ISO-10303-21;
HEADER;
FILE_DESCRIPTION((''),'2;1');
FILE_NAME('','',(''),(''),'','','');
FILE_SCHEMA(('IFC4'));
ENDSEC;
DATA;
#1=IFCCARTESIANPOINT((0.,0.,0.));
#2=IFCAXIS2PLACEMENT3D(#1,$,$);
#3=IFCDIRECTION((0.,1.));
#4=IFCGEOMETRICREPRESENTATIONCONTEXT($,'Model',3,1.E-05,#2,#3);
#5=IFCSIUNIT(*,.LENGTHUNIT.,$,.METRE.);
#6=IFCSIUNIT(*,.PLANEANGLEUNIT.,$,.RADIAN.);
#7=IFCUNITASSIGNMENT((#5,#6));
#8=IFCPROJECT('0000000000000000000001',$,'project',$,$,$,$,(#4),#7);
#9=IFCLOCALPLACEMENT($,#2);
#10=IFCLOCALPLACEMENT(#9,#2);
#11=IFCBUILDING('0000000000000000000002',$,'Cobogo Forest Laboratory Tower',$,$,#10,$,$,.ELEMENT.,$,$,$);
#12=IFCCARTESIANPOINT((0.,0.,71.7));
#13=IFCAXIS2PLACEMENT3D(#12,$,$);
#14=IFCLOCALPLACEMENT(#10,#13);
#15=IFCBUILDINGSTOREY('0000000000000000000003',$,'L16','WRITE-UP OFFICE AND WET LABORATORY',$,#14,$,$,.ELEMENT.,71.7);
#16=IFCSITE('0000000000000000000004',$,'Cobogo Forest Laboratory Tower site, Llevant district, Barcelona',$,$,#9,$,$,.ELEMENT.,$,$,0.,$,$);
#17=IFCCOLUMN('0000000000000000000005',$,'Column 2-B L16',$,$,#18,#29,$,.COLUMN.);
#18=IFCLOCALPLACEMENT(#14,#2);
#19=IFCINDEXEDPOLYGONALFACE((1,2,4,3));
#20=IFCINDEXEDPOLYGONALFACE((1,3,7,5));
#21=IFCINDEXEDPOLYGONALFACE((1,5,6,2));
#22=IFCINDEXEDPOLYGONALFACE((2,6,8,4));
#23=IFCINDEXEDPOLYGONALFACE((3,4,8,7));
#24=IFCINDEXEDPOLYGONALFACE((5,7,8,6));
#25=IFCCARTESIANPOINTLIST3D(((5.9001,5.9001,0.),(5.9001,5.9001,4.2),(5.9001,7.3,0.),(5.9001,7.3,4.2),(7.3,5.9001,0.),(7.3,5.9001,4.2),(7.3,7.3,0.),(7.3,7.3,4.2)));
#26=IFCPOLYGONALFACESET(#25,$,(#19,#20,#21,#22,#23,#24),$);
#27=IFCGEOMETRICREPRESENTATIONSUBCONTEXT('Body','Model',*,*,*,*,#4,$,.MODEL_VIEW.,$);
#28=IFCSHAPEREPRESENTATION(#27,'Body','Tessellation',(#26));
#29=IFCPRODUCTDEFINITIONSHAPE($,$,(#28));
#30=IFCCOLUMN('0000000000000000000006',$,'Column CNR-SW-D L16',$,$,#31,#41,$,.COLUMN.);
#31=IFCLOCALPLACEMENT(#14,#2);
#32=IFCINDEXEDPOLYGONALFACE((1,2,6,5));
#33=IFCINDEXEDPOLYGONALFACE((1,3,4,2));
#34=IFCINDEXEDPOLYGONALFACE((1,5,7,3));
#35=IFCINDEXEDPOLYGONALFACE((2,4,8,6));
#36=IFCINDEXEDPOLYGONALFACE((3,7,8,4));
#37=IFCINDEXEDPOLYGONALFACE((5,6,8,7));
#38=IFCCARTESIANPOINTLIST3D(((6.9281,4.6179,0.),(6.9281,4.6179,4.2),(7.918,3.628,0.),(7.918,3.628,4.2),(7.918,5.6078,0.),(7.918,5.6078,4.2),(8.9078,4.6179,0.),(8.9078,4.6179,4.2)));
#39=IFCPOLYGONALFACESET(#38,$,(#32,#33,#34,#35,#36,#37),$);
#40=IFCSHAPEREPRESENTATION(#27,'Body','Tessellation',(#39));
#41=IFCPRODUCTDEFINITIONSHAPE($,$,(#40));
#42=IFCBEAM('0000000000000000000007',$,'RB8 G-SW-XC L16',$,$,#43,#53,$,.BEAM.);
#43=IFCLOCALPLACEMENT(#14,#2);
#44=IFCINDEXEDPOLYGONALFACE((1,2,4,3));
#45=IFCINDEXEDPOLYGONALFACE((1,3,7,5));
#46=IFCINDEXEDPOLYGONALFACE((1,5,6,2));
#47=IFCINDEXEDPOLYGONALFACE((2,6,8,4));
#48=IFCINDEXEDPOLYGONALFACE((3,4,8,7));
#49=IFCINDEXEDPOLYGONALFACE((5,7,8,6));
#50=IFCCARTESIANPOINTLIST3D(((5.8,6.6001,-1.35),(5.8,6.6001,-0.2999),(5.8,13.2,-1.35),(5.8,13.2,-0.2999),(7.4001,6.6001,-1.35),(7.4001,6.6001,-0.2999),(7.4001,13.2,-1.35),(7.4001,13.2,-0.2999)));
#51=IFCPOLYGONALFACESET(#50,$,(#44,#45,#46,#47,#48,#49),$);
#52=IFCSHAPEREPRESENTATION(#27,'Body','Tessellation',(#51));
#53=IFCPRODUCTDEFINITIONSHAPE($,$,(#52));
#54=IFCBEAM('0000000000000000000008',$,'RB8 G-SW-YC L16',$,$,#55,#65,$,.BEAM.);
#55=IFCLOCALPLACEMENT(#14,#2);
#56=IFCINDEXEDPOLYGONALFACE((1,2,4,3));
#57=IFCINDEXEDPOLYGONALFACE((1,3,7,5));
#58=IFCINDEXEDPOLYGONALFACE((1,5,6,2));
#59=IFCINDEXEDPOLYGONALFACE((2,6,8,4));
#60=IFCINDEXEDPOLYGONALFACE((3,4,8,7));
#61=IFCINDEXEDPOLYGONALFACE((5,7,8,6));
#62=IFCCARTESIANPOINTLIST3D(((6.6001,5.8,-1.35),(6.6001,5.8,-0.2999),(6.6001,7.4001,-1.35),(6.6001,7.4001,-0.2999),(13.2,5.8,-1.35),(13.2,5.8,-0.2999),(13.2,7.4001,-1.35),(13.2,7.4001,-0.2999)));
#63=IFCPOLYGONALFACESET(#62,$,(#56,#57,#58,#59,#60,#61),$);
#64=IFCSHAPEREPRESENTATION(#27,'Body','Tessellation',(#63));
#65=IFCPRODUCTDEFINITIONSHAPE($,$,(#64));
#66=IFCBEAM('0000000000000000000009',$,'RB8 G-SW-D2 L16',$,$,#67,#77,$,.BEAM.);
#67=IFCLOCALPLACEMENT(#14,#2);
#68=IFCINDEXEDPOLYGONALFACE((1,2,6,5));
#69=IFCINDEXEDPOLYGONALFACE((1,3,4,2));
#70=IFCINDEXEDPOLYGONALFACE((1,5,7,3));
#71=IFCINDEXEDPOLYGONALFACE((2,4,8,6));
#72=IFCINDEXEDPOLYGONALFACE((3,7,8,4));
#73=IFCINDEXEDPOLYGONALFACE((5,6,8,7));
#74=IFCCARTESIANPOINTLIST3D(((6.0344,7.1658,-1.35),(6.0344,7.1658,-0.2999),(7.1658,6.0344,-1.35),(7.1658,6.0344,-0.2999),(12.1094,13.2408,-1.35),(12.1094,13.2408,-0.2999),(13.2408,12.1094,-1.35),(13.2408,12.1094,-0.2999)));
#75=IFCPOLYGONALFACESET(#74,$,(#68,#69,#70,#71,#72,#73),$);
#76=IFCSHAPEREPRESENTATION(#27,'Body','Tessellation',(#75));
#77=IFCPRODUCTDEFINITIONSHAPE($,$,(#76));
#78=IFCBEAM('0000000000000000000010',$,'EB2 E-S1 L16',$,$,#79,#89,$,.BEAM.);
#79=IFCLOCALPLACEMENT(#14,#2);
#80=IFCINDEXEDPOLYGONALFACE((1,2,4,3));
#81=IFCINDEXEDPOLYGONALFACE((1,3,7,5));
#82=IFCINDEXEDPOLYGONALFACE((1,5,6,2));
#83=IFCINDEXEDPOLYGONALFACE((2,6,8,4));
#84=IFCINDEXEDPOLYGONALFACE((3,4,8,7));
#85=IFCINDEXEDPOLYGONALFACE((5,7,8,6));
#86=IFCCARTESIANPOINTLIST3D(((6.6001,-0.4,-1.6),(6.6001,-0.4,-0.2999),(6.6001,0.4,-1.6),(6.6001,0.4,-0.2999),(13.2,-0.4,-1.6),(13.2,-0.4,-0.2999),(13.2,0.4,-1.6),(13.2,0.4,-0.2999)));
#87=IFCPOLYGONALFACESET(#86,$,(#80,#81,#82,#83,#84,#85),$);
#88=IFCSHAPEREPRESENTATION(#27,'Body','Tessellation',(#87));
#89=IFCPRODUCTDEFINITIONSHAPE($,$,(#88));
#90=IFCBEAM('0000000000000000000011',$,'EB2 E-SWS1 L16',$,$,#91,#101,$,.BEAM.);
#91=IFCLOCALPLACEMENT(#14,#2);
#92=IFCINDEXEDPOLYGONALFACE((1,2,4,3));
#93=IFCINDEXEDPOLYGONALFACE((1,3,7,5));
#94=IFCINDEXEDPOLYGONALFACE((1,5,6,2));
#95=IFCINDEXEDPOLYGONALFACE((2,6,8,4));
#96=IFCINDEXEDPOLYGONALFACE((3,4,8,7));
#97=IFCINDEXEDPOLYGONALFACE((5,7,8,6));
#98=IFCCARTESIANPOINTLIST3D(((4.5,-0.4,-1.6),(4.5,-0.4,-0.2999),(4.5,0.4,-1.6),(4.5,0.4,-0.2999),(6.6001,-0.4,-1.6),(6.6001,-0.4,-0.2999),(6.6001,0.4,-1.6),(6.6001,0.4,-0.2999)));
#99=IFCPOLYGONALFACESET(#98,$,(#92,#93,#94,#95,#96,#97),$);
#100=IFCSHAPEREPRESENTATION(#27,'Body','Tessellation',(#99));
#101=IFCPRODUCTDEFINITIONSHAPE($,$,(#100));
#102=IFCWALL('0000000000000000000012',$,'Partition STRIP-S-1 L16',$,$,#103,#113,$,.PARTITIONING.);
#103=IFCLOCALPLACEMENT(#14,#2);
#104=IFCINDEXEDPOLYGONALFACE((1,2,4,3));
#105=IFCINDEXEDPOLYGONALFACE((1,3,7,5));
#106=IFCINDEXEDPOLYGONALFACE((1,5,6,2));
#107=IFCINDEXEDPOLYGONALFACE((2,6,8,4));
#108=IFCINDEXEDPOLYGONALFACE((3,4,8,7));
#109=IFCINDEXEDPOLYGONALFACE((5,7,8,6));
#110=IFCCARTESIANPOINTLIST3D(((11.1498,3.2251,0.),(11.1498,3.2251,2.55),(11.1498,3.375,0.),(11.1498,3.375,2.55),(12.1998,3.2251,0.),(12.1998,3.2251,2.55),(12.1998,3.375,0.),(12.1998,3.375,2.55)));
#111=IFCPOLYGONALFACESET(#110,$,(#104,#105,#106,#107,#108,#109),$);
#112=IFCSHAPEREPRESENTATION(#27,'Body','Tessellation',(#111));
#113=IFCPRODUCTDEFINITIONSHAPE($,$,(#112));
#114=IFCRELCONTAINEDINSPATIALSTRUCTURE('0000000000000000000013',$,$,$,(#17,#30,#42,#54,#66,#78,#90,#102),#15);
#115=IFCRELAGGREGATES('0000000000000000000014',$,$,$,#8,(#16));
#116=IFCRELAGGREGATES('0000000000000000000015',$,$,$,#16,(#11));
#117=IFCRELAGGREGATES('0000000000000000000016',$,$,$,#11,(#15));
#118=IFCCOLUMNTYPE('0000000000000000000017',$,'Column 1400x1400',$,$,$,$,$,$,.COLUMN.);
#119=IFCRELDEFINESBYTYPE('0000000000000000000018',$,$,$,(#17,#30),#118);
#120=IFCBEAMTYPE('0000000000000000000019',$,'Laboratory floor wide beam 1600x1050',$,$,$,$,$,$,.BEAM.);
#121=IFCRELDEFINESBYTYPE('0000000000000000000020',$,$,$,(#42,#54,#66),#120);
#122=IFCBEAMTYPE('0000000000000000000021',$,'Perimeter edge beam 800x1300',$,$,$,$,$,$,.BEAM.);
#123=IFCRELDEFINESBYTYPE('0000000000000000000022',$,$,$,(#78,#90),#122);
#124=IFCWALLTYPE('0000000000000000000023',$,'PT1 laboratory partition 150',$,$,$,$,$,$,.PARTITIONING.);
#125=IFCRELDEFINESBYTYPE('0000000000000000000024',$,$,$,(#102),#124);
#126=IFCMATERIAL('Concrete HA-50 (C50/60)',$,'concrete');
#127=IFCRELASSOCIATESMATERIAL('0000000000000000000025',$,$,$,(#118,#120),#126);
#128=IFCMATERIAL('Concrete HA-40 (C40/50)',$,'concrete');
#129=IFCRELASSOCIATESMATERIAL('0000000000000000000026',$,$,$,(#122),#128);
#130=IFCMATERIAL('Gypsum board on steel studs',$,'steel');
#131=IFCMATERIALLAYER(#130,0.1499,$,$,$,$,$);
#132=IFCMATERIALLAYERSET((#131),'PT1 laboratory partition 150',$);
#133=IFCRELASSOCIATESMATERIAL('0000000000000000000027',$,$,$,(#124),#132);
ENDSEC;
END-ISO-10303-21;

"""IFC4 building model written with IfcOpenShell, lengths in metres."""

from ifc_helpers import new_model, si_unit, direction, frame, frame_2d, origin, origin_2d, place, context, subcontext, project, spatial, rectangle, extrude, material, layer, layer_set, material_profile, profile_set, type_object, element, save


model = new_model("IFC4")

# Units and contexts
model_context = context("Model", 3, precision=1e-05, world=origin(), true_north=direction((0.0, 1.0)))
body_context = subcontext(model_context, "Body", "Model", "MODEL_VIEW")
ifc_project = project(units=[si_unit("LENGTHUNIT", "METRE"), si_unit("PLANEANGLEUNIT", "RADIAN")], contexts=[model_context])

# Site, building, storey
site_placement = place(None, origin())
site = spatial("IfcSite", under=ifc_project, at=site_placement, Name="Cobogo Forest Laboratory Tower site, Llevant district, Barcelona", CompositionType="ELEMENT", RefElevation=0.0)
building_placement = place(site_placement, origin())
building = spatial("IfcBuilding", under=site, at=building_placement, Name="Cobogo Forest Laboratory Tower", CompositionType="ELEMENT")
storey_placement = place(building_placement, frame((0.0, 0.0, 71.7)))
storey = spatial("IfcBuildingStorey", under=building, at=storey_placement, Name="L16", Description="WRITE-UP OFFICE AND WET LABORATORY", CompositionType="ELEMENT", Elevation=71.7)

# Columns
ifc_material_1 = material(Name="Concrete HA-50 (C50/60)", Category="concrete")
ifc_material_profile_1 = material_profile(ifc_material_1, rectangle(XDim=1.3999, YDim=1.3999, at=origin_2d()), Name="RC 1400x1400")
ifc_profile_set_1 = profile_set([ifc_material_profile_1], Name="Concrete HA-50 (C50/60)")
column_type = type_object("IfcColumnType", Name="Column 1400x1400", PredefinedType="COLUMN", material=ifc_profile_set_1)
for number, where, z_axis, x_axis, name in (
    (1, (6.6001, 6.6001, 0.0), (0.0, 0.0, 1.0), (1.0, 0.0, 0.0), "Column 2-B L16"),
    (2, (7.918, 4.6179, 0.0), (0.0, 0.0, 1.0), (0.707107, 0.707107, 0.0), "Column CNR-SW-D L16"),
):
    element("IfcColumn", number, at=place(storey_placement, frame(where, z_axis=z_axis, x_axis=x_axis)), inside=storey, type_object=column_type, Name=name, PredefinedType="COLUMN", context=body_context, shape_type="SweptSolid", body=[
        extrude(rectangle(XDim=1.3999, YDim=1.3999, at=origin_2d()), origin(), (0.0, 0.0, 1.0), 4.2),
    ])

# Beams
ifc_material_profile_2 = material_profile(ifc_material_1, rectangle(XDim=1.6001, YDim=1.05, at=origin_2d()), Name="RC 1600x1050")
ifc_profile_set_2 = profile_set([ifc_material_profile_2], Name="Concrete HA-50 (C50/60)")
beam_type_1 = type_object("IfcBeamType", Name="Laboratory floor wide beam 1600x1050", PredefinedType="BEAM", material=ifc_profile_set_2)
for number, where, z_axis, x_axis, name in (
    (3, (6.6001, 6.6001, -0.825), (0.0, 1.0, 0.0), (-1.0, 0.0, 0.0), "RB8 G-SW-XC L16"),
    (4, (6.6001, 6.6001, -0.825), (1.0, 0.0, 0.0), (0.0, 1.0, 0.0), "RB8 G-SW-YC L16"),
):
    element("IfcBeam", number, at=place(storey_placement, frame(where, z_axis=z_axis, x_axis=x_axis)), inside=storey, type_object=beam_type_1, Name=name, PredefinedType="BEAM", context=body_context, shape_type="SweptSolid", body=[
        extrude(rectangle(XDim=1.6001, YDim=1.05, at=origin_2d()), origin(), (0.0, 0.0, 1.0), 6.5999),
    ])
beam_1_placement = place(storey_placement, frame((6.6001, 6.6001, -0.825), z_axis=(0.707107, 0.707107, 0.0), x_axis=(-0.707107, 0.707107, 0.0)))
element("IfcBeam", 5, at=beam_1_placement, inside=storey, type_object=beam_type_1, Name="RB8 G-SW-D2 L16", PredefinedType="BEAM", context=body_context, shape_type="SweptSolid", body=[
    extrude(rectangle(XDim=1.6001, YDim=1.05, at=origin_2d()), origin(), (0.0, 0.0, 1.0), 8.5913),
])
ifc_material_2 = material(Name="Concrete HA-40 (C40/50)", Category="concrete")
ifc_material_profile_3 = material_profile(ifc_material_2, rectangle(XDim=0.8, YDim=1.3, at=origin_2d()), Name="RC 800x1300")
ifc_profile_set_3 = profile_set([ifc_material_profile_3], Name="Concrete HA-40 (C40/50)")
beam_type_2 = type_object("IfcBeamType", Name="Perimeter edge beam 800x1300", PredefinedType="BEAM", material=ifc_profile_set_3)
beam_2_placement = place(storey_placement, frame((6.6001, 0.0, -0.95), z_axis=(1.0, 0.0, 0.0), x_axis=(0.0, 1.0, 0.0)))
element("IfcBeam", 6, at=beam_2_placement, inside=storey, type_object=beam_type_2, Name="EB2 E-S1 L16", PredefinedType="BEAM", context=body_context, shape_type="SweptSolid", body=[
    extrude(rectangle(XDim=0.8, YDim=1.3, at=origin_2d()), origin(), (0.0, 0.0, 1.0), 6.5999),
])
beam_3_placement = place(storey_placement, frame((6.6001, 0.0, -0.95), z_axis=(-1.0, 0.0, 0.0), x_axis=(0.0, -1.0, 0.0)))
element("IfcBeam", 7, at=beam_3_placement, inside=storey, type_object=beam_type_2, Name="EB2 E-SWS1 L16", PredefinedType="BEAM", context=body_context, shape_type="SweptSolid", body=[
    extrude(rectangle(XDim=0.8, YDim=1.3, at=origin_2d()), origin(), (0.0, 0.0, 1.0), 2.1001),
])

# Wall
ifc_material_3 = material(Name="Gypsum board on steel studs", Category="steel")
ifc_layer_1 = layer(ifc_material_3, 0.1499)
ifc_layer_set_1 = layer_set([ifc_layer_1], Name="PT1 laboratory partition 150")
wall_type_1 = type_object("IfcWallType", Name="PT1 laboratory partition 150", PredefinedType="PARTITIONING", material=ifc_layer_set_1)
wall_1_placement = place(storey_placement, frame((11.1499, 3.3, 0.0), z_axis=(0.0, 0.0, 1.0), x_axis=(1.0, 0.0, 0.0)))
element("IfcWall", 8, at=wall_1_placement, inside=storey, type_object=wall_type_1, Name="Partition STRIP-S-1 L16", PredefinedType="PARTITIONING", context=body_context, shape_type="SweptSolid", body=[
    extrude(rectangle(XDim=1.05, YDim=0.1499, at=frame_2d((0.5249, 0.0))), origin(), (0.0, 0.0, 1.0), 2.55),
])

save(model, "model.ifc")
